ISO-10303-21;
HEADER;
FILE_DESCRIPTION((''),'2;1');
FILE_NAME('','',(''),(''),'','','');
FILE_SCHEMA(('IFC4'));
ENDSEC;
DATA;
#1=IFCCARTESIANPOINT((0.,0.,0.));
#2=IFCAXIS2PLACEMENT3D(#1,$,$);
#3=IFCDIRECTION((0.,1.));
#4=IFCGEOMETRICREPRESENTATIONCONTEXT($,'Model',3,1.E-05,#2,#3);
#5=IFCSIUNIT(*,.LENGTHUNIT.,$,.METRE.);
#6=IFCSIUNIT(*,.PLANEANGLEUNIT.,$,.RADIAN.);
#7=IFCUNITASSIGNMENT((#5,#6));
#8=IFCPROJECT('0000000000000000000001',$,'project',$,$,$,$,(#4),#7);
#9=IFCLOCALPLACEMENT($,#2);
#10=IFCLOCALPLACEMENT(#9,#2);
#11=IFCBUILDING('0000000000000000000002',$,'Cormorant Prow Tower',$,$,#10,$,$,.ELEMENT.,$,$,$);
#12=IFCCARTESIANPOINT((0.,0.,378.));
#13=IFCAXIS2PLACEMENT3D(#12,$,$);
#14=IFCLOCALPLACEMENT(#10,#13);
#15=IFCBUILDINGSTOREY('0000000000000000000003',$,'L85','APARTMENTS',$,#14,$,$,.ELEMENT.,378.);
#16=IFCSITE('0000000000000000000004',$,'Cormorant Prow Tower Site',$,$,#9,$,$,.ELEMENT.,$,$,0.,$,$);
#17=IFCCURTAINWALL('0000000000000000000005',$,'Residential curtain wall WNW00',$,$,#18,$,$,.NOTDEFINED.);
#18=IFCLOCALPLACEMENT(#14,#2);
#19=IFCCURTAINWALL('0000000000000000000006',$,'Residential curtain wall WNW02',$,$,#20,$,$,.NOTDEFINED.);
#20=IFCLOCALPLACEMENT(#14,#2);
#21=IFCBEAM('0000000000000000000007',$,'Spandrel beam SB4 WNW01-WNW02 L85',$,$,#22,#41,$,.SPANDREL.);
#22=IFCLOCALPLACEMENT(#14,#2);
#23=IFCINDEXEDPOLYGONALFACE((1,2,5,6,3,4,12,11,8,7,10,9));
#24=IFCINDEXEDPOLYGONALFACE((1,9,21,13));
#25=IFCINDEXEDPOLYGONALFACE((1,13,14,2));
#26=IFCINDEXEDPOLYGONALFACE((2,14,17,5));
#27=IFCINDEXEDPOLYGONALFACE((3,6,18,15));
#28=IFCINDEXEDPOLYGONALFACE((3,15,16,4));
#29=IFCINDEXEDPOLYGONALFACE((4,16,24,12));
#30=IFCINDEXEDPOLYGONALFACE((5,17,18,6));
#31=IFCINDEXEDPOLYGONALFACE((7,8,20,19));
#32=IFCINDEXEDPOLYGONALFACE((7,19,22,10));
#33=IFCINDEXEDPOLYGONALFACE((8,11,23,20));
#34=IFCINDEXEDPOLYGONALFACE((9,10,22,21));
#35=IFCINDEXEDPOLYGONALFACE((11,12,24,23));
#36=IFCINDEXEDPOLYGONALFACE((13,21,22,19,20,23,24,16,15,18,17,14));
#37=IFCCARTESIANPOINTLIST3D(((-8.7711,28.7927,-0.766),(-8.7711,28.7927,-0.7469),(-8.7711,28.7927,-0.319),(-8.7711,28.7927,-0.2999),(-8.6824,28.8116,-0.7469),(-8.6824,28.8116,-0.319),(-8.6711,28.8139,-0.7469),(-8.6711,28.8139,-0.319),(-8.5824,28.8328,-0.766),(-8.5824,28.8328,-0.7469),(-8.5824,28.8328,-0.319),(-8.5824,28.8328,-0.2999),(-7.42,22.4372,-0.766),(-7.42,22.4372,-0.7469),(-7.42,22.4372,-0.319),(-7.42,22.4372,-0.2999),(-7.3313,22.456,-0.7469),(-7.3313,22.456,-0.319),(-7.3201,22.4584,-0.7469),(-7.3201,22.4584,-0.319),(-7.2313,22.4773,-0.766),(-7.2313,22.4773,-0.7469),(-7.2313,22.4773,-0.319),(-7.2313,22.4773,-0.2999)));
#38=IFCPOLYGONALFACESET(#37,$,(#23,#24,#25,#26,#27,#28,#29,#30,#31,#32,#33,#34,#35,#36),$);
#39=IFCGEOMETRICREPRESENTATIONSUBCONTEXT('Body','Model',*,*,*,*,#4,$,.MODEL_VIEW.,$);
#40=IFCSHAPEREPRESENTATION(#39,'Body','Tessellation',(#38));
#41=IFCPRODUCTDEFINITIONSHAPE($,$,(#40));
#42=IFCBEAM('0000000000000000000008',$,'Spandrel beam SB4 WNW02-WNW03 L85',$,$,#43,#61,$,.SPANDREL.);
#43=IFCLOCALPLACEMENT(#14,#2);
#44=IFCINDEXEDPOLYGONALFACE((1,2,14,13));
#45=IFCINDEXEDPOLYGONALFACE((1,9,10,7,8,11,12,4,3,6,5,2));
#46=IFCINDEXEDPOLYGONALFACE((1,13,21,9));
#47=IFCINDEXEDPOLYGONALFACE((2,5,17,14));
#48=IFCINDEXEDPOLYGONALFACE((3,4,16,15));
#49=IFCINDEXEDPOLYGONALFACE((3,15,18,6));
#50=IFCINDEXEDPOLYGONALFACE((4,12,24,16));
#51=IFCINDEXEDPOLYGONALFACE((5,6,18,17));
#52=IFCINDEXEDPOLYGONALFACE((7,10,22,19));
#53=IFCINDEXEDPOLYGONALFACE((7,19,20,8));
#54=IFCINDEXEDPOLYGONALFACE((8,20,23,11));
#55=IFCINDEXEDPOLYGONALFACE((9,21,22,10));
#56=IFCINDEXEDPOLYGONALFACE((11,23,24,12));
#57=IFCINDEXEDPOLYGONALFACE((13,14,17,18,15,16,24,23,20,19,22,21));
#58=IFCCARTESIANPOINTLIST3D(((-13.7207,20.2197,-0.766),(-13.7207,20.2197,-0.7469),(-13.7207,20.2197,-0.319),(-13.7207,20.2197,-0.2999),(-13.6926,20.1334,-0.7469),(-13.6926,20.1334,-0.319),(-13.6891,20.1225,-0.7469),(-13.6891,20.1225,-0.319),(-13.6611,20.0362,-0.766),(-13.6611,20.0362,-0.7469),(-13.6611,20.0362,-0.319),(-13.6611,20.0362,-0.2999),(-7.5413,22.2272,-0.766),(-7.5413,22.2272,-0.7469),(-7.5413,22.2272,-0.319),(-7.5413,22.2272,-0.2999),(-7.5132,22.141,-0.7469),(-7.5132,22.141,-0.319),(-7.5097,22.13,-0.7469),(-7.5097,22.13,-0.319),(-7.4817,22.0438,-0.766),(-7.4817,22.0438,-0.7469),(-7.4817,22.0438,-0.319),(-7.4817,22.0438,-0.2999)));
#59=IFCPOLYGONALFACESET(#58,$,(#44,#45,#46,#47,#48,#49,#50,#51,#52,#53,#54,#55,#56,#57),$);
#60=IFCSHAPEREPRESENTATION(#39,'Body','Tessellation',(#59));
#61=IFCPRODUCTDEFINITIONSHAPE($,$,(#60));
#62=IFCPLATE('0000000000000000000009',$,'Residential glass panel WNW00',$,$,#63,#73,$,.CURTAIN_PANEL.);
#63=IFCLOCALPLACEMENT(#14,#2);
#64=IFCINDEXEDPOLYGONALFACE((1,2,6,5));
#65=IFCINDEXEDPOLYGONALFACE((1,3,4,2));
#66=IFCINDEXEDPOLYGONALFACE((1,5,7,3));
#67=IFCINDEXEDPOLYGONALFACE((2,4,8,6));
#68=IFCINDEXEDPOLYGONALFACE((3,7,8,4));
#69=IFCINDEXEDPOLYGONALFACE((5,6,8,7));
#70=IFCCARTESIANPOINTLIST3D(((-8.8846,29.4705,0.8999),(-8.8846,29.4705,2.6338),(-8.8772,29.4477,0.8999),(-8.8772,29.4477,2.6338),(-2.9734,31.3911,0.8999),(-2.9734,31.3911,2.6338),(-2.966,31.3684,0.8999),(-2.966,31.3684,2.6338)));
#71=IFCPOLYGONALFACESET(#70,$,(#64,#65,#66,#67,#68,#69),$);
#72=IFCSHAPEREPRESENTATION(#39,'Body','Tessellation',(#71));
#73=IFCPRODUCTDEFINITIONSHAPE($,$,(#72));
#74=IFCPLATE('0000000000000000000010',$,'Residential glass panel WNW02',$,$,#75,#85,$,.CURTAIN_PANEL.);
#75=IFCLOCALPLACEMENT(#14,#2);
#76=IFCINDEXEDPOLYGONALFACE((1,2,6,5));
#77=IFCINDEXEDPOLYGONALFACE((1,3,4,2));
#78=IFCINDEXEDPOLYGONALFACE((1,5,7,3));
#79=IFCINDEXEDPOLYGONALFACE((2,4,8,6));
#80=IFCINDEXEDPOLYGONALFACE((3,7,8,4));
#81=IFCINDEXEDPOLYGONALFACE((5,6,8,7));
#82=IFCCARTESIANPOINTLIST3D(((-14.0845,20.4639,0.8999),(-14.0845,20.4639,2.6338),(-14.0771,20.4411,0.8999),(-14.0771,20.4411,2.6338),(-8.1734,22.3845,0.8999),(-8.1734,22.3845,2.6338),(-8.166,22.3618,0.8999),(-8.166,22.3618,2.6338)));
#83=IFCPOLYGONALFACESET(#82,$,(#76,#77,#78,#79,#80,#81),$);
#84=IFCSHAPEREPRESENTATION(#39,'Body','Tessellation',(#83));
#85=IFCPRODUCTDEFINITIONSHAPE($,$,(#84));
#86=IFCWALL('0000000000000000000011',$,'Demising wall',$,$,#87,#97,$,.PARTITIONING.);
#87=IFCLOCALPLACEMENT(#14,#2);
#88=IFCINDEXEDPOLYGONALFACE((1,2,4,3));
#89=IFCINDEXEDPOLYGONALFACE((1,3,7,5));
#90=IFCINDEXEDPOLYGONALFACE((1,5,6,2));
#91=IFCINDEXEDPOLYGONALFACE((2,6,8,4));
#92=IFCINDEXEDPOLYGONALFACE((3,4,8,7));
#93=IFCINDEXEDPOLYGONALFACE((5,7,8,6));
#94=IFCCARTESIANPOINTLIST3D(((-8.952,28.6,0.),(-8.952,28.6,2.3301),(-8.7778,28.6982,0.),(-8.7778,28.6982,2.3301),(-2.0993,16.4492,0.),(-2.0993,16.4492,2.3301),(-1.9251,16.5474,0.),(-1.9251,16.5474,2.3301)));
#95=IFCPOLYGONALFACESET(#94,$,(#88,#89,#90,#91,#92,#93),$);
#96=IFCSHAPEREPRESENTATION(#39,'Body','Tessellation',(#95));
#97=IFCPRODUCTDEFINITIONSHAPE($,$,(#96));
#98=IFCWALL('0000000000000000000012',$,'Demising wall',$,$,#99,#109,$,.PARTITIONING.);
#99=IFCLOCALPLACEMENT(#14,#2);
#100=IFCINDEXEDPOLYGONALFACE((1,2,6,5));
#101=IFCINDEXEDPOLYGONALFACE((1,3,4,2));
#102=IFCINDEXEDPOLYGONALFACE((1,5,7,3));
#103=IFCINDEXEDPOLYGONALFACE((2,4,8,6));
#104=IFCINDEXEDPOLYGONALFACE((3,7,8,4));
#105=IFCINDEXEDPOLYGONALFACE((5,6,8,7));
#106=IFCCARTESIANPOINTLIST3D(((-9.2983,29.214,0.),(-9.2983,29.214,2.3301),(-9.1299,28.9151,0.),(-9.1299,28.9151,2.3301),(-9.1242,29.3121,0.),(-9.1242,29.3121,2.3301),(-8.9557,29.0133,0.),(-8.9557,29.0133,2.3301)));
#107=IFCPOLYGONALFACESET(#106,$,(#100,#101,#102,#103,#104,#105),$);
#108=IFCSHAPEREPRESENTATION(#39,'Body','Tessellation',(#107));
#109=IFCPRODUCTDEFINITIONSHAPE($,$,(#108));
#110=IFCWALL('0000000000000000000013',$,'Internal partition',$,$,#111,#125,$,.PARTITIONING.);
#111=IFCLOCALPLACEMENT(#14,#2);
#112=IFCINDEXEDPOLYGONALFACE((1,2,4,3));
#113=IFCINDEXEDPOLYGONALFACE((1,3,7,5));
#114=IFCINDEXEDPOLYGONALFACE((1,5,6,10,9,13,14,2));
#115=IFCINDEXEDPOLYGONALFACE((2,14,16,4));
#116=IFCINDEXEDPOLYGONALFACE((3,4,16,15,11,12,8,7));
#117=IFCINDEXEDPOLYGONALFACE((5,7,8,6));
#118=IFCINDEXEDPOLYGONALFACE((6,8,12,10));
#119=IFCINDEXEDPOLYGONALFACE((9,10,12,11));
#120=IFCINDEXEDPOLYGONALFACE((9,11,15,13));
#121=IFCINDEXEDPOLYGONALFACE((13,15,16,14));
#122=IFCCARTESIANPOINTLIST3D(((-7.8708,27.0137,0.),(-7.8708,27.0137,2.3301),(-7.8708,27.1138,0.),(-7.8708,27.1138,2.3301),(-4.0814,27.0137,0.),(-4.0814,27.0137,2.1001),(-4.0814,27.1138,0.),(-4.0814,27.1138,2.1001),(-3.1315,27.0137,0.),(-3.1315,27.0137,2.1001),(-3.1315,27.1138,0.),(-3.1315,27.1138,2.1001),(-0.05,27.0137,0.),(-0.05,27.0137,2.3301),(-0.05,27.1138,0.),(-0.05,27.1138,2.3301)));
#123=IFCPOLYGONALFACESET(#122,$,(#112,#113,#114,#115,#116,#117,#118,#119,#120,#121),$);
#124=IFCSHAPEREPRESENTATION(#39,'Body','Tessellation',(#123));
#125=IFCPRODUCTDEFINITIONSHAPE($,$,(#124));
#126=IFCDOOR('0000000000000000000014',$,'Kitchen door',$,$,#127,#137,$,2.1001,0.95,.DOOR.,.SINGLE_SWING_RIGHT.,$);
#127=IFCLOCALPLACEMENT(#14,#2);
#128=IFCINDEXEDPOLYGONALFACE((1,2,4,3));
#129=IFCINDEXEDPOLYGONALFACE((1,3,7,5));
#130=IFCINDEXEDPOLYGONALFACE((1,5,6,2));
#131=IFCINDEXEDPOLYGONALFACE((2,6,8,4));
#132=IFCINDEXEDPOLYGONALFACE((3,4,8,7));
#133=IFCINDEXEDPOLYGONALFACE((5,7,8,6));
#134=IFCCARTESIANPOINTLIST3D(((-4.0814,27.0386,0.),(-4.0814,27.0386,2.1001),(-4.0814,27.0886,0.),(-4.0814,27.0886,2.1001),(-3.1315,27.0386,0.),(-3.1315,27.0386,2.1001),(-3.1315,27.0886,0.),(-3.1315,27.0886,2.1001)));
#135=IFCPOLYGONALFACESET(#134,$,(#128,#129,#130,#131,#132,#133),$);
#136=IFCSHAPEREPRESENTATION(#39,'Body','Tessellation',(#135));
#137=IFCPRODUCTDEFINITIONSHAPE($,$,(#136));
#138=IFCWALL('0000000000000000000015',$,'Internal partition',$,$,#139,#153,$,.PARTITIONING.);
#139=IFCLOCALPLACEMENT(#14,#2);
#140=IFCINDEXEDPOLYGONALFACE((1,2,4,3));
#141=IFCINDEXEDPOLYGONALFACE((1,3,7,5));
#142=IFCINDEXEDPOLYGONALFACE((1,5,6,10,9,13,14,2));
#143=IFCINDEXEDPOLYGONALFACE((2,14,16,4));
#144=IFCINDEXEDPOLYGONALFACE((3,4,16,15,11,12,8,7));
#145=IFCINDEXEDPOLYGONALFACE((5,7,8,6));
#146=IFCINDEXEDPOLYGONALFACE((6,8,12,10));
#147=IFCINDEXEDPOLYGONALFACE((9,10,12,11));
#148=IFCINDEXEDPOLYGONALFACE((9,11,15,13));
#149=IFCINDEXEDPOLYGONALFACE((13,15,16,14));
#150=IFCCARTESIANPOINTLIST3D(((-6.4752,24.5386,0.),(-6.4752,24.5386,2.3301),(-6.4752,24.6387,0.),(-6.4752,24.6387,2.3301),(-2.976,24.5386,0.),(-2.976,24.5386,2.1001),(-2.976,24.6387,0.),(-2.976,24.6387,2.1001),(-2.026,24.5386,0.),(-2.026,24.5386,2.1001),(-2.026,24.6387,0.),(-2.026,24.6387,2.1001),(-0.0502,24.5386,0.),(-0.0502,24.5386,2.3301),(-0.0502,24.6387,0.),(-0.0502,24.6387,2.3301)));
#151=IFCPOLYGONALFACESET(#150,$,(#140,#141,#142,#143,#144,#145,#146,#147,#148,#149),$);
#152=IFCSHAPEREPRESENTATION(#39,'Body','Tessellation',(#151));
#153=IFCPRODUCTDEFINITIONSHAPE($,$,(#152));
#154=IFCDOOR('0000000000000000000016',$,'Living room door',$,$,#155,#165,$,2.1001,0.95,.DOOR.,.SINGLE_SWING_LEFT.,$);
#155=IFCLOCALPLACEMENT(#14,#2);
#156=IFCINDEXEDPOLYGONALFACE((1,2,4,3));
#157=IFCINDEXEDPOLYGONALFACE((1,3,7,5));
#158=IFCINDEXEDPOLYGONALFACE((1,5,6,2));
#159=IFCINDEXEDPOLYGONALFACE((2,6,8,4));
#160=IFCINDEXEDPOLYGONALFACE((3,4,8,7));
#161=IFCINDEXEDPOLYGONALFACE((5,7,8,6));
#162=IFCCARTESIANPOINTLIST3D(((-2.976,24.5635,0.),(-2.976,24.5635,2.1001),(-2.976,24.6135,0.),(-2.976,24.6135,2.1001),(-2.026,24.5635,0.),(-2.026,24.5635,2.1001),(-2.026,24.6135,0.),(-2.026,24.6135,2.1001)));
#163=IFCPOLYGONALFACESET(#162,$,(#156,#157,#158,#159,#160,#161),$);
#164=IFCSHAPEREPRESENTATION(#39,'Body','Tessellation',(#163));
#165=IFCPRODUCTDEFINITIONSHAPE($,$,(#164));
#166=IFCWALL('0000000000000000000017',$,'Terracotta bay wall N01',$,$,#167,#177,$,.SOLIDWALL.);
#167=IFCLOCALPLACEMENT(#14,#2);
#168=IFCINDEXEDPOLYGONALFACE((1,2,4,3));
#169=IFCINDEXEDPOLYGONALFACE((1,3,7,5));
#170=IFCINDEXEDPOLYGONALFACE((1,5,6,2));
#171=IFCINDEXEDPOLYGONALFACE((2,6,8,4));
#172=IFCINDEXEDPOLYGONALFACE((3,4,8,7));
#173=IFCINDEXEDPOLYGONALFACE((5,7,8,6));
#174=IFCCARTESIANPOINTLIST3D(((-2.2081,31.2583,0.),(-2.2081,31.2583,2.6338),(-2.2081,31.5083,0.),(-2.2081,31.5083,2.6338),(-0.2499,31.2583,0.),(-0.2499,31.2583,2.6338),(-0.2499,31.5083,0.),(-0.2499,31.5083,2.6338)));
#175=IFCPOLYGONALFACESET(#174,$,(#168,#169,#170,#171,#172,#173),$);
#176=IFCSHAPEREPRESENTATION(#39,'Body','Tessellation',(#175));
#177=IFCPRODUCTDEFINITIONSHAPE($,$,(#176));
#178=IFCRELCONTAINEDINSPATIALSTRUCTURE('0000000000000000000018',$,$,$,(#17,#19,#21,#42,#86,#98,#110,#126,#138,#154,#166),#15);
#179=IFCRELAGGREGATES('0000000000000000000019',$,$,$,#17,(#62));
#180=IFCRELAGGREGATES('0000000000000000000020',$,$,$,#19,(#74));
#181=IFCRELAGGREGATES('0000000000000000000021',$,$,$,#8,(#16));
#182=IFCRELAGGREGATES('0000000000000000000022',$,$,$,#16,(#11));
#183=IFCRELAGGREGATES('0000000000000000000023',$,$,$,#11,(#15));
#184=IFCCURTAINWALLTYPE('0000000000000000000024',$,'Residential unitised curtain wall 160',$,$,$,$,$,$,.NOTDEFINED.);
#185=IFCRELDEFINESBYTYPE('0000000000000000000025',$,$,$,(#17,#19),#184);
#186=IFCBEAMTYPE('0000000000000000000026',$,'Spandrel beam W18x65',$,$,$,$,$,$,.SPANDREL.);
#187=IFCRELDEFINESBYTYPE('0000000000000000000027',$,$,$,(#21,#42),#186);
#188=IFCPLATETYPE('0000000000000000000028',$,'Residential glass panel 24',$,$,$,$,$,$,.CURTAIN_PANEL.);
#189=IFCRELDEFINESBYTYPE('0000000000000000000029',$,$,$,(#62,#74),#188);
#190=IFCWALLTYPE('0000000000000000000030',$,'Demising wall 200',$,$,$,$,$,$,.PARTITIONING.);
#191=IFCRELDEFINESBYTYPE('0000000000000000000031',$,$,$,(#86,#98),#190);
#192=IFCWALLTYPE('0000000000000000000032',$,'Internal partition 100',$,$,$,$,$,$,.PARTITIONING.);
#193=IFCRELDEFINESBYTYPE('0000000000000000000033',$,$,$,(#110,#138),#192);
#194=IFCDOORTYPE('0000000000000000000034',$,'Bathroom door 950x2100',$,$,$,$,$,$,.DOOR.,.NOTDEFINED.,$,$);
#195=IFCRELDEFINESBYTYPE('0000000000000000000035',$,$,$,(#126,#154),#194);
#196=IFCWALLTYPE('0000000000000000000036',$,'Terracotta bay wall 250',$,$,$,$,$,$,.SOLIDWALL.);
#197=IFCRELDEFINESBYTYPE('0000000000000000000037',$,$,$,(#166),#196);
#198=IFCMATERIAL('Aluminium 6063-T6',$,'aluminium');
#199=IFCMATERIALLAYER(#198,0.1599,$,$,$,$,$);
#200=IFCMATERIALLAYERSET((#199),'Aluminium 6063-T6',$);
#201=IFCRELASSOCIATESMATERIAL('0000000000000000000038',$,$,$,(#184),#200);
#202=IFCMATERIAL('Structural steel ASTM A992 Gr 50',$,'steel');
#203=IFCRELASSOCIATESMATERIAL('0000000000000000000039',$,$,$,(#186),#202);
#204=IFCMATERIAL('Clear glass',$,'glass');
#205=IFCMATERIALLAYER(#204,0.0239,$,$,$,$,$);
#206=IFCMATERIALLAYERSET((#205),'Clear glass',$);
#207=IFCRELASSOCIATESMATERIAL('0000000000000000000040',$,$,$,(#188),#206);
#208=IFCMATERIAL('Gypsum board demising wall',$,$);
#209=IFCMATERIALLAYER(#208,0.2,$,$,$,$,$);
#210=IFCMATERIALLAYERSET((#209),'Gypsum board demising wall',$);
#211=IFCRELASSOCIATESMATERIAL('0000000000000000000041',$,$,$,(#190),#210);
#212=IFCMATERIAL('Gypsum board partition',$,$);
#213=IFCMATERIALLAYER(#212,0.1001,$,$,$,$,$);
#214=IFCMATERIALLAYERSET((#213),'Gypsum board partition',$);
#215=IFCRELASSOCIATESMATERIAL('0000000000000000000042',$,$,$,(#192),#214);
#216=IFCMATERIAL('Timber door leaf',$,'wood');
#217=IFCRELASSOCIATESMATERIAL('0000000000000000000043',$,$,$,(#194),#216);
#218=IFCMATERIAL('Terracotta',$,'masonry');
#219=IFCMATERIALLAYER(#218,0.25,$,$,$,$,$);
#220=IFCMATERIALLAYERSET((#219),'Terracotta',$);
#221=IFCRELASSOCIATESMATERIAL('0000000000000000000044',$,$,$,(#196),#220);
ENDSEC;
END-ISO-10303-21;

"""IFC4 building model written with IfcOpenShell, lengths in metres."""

from ifc_helpers import new_model, si_unit, direction, frame, frame_2d, origin, origin_2d, place, context, subcontext, project, spatial, rectangle, i_section, extrude, material, layer, layer_set, material_profile, profile_set, type_object, element, fill, aggregate, save


model = new_model("IFC4")

# Units and contexts
model_context = context("Model", 3, precision=1e-05, world=origin(), true_north=direction((0.0, 1.0)))
body_context = subcontext(model_context, "Body", "Model", "MODEL_VIEW")
ifc_project = project(units=[si_unit("LENGTHUNIT", "METRE"), si_unit("PLANEANGLEUNIT", "RADIAN")], contexts=[model_context])

# Site, building, storey
site_placement = place(None, origin())
site = spatial("IfcSite", under=ifc_project, at=site_placement, Name="Cormorant Prow Tower Site", CompositionType="ELEMENT", RefElevation=0.0)
building_placement = place(site_placement, origin())
building = spatial("IfcBuilding", under=site, at=building_placement, Name="Cormorant Prow Tower", CompositionType="ELEMENT")
storey_placement = place(building_placement, frame((0.0, 0.0, 378.0)))
storey = spatial("IfcBuildingStorey", under=building, at=storey_placement, Name="L85", Description="APARTMENTS", CompositionType="ELEMENT", Elevation=378.0)

# Curtain walls
ifc_material_1 = material(Name="Aluminium 6063-T6", Category="aluminium")
ifc_layer_1 = layer(ifc_material_1, 0.1599)
ifc_layer_set_1 = layer_set([ifc_layer_1], Name="Aluminium 6063-T6")
curtain_wall_type = type_object("IfcCurtainWallType", Name="Residential unitised curtain wall 160", PredefinedType="NOTDEFINED", material=ifc_layer_set_1)
curtain_wall_1_placement = place(storey_placement, origin())
curtain_wall_1 = element("IfcCurtainWall", 1, at=curtain_wall_1_placement, inside=storey, type_object=curtain_wall_type, Name="Residential curtain wall WNW00", PredefinedType="NOTDEFINED")
curtain_wall_2_placement = place(storey_placement, origin())
curtain_wall_2 = element("IfcCurtainWall", 2, at=curtain_wall_2_placement, inside=storey, type_object=curtain_wall_type, Name="Residential curtain wall WNW02", PredefinedType="NOTDEFINED")

# Beams
ifc_material_2 = material(Name="Structural steel ASTM A992 Gr 50", Category="steel")
ifc_material_profile_1 = material_profile(ifc_material_2, i_section(OverallWidth=0.1929, OverallDepth=0.4661, WebThickness=0.0115, FlangeThickness=0.019, at=origin_2d()), Name="W18x65")
ifc_profile_set_1 = profile_set([ifc_material_profile_1], Name="Structural steel ASTM A992 Gr 50")
beam_type = type_object("IfcBeamType", Name="Spandrel beam W18x65", PredefinedType="SPANDREL", material=ifc_profile_set_1)
for number, where, z_axis, x_axis, name in (
    (3, (-8.6768, 28.8127, -0.533), (0.207938, -0.978142, 0.0), (0.978142, 0.207938, 0.0), "Spandrel beam SB4 WNW01-WNW02 L85"),
):
    element("IfcBeam", number, at=place(storey_placement, frame(where, z_axis=z_axis, x_axis=x_axis)), inside=storey, type_object=beam_type, Name=name, PredefinedType="SPANDREL", context=body_context, shape_type="SweptSolid", body=[
        extrude(i_section(OverallWidth=0.1929, OverallDepth=0.4661, WebThickness=0.0115, FlangeThickness=0.019, at=origin_2d()), origin(), (0.0, 0.0, 1.0), 6.4976),
    ])
beam_1_placement = place(storey_placement, frame((-7.5115, 22.1355, -0.533), z_axis=(-0.951068, -0.308982, 0.0), x_axis=(0.308982, -0.951068, 0.0)))
element("IfcBeam", 4, at=beam_1_placement, inside=storey, type_object=beam_type, Name="Spandrel beam SB4 WNW02-WNW03 L85", PredefinedType="SPANDREL", context=body_context, shape_type="SweptSolid", body=[
    extrude(i_section(OverallWidth=0.1929, OverallDepth=0.4661, WebThickness=0.0115, FlangeThickness=0.019, at=origin_2d()), origin(), (0.0, 0.0, 1.0), 6.4973),
])

# Plates
ifc_material_3 = material(Name="Clear glass", Category="glass")
ifc_layer_2 = layer(ifc_material_3, 0.0239)
ifc_layer_set_2 = layer_set([ifc_layer_2], Name="Clear glass")
plate_type = type_object("IfcPlateType", Name="Residential glass panel 24", PredefinedType="CURTAIN_PANEL", material=ifc_layer_set_2)
plate_1_placement = place(storey_placement, frame((-5.9253, 30.4194, 0.8999), z_axis=(0.0, 0.0, 1.0), x_axis=(-0.951057, -0.309017, 0.0)))
plate_1 = element("IfcPlate", 5, at=plate_1_placement, type_object=plate_type, Name="Residential glass panel WNW00", PredefinedType="CURTAIN_PANEL", context=body_context, shape_type="SweptSolid", body=[
    extrude(rectangle(XDim=6.2153, YDim=0.0239, at=origin_2d()), origin(), (0.0, 0.0, 1.0), 1.7339),
])
aggregate(curtain_wall_1, [plate_1])
plate_2_placement = place(storey_placement, frame((-11.1252, 21.4128, 0.8999), z_axis=(0.0, 0.0, 1.0), x_axis=(-0.951056, -0.309017, 0.0)))
plate_2 = element("IfcPlate", 6, at=plate_2_placement, type_object=plate_type, Name="Residential glass panel WNW02", PredefinedType="CURTAIN_PANEL", context=body_context, shape_type="SweptSolid", body=[
    extrude(rectangle(XDim=6.2153, YDim=0.0239, at=origin_2d()), origin(), (0.0, 0.0, 1.0), 1.7339),
])
aggregate(curtain_wall_2, [plate_2])

# Walls
ifc_material_4 = material(Name="Gypsum board demising wall")
ifc_layer_3 = layer(ifc_material_4, 0.2)
ifc_layer_set_3 = layer_set([ifc_layer_3], Name="Gypsum board demising wall")
wall_type_1 = type_object("IfcWallType", Name="Demising wall 200", PredefinedType="PARTITIONING", material=ifc_layer_set_3)
wall_1_placement = place(storey_placement, frame((-8.865, 28.6492, 0.0), z_axis=(0.0, 0.0, 1.0), x_axis=(0.491236, -0.871026, 0.0)))
element("IfcWall", 7, at=wall_1_placement, inside=storey, type_object=wall_type_1, Name="Demising wall", PredefinedType="PARTITIONING", context=body_context, shape_type="SweptSolid", body=[
    extrude(rectangle(XDim=13.95, YDim=0.2, at=frame_2d((6.9751, 0.0))), origin(), (0.0, 0.0, 1.0), 2.3301),
])
wall_2_placement = place(storey_placement, frame((-9.2112, 29.2629, 0.0), z_axis=(0.0, 0.0, 1.0), x_axis=(0.491072, -0.871119, 0.0)))
element("IfcWall", 8, at=wall_2_placement, inside=storey, type_object=wall_type_1, Name="Demising wall", PredefinedType="PARTITIONING", context=body_context, shape_type="SweptSolid", body=[
    extrude(rectangle(XDim=0.343, YDim=0.2, at=frame_2d((0.1714, 0.0))), origin(), (0.0, 0.0, 1.0), 2.3301),
])

# Walls, openings, doors
ifc_material_5 = material(Name="Gypsum board partition")
ifc_layer_4 = layer(ifc_material_5, 0.1001)
ifc_layer_set_4 = layer_set([ifc_layer_4], Name="Gypsum board partition")
wall_type_2 = type_object("IfcWallType", Name="Internal partition 100", PredefinedType="PARTITIONING", material=ifc_layer_set_4)
wall_3_placement = place(storey_placement, frame((-7.8708, 27.0637, 0.0), z_axis=(0.0, 0.0, 1.0), x_axis=(1.0, 0.0, 0.0)))
wall_3 = element("IfcWall", 9, at=wall_3_placement, inside=storey, type_object=wall_type_2, Name="Internal partition", PredefinedType="PARTITIONING", context=body_context, shape_type="SweptSolid", body=[
    extrude(rectangle(XDim=7.8208, YDim=0.1001, at=frame_2d((3.9104, 0.0))), origin(), (0.0, 0.0, 1.0), 2.3301),
])
opening_1_placement = place(wall_3_placement, frame((3.7893, 0.0, 0.0)))
opening_1 = element("IfcOpeningElement", 10, at=opening_1_placement, cuts=wall_3, PredefinedType="OPENING", context=body_context, shape_type="SweptSolid", body=[
    extrude(rectangle(XDim=0.95, YDim=2.1001, at=frame_2d((0.4751, 1.05))), frame((0.0, 0.0601, 0.0), z_axis=(0.0, -1.0, 0.0), x_axis=(1.0, 0.0, 0.0)), (0.0, 0.0, 1.0), 0.1201),
])
ifc_material_6 = material(Name="Timber door leaf", Category="wood")
door_type_1 = type_object("IfcDoorType", Name="Bathroom door 950x2100", OperationType="NOTDEFINED", PredefinedType="DOOR", material=ifc_material_6)
door_1_placement = place(opening_1_placement, origin())
door_1 = element("IfcDoor", 11, at=door_1_placement, inside=storey, type_object=door_type_1, Name="Kitchen door", OperationType="SINGLE_SWING_RIGHT", OverallHeight=2.1001, OverallWidth=0.95, PredefinedType="DOOR", context=body_context, shape_type="SweptSolid", body=[
    extrude(rectangle(XDim=0.95, YDim=2.1001, at=frame_2d((0.4751, 1.05))), frame((0.0, 0.0249, 0.0), z_axis=(0.0, -1.0, 0.0), x_axis=(1.0, 0.0, 0.0)), (0.0, 0.0, 1.0), 0.05),
])
fill(opening_1, door_1)
wall_4_placement = place(storey_placement, frame((-6.4751, 24.5886, 0.0), z_axis=(0.0, 0.0, 1.0), x_axis=(1.0, 0.0, 0.0)))
wall_4 = element("IfcWall", 12, at=wall_4_placement, inside=storey, type_object=wall_type_2, Name="Internal partition", PredefinedType="PARTITIONING", context=body_context, shape_type="SweptSolid", body=[
    extrude(rectangle(XDim=6.425, YDim=0.1001, at=frame_2d((3.2124, 0.0))), origin(), (0.0, 0.0, 1.0), 2.3301),
])
opening_2_placement = place(wall_4_placement, frame((3.499, 0.0, 0.0)))
opening_2 = element("IfcOpeningElement", 13, at=opening_2_placement, cuts=wall_4, PredefinedType="OPENING", context=body_context, shape_type="SweptSolid", body=[
    extrude(rectangle(XDim=0.95, YDim=2.1001, at=frame_2d((0.4751, 1.05))), frame((0.0, 0.0601, 0.0), z_axis=(0.0, -1.0, 0.0), x_axis=(1.0, 0.0, 0.0)), (0.0, 0.0, 1.0), 0.1201),
])
door_2_placement = place(opening_2_placement, origin())
door_2 = element("IfcDoor", 14, at=door_2_placement, inside=storey, type_object=door_type_1, Name="Living room door", OperationType="SINGLE_SWING_LEFT", OverallHeight=2.1001, OverallWidth=0.95, PredefinedType="DOOR", context=body_context, shape_type="SweptSolid", body=[
    extrude(rectangle(XDim=0.95, YDim=2.1001, at=frame_2d((0.4751, 1.05))), frame((0.0, 0.0249, 0.0), z_axis=(0.0, -1.0, 0.0), x_axis=(1.0, 0.0, 0.0)), (0.0, 0.0, 1.0), 0.05),
])
fill(opening_2, door_2)

# Wall
ifc_material_7 = material(Name="Terracotta", Category="masonry")
ifc_layer_5 = layer(ifc_material_7, 0.25)
ifc_layer_set_5 = layer_set([ifc_layer_5], Name="Terracotta")
wall_type_3 = type_object("IfcWallType", Name="Terracotta bay wall 250", PredefinedType="SOLIDWALL", material=ifc_layer_set_5)
wall_5_placement = place(storey_placement, frame((-0.25, 31.3833, 0.0), z_axis=(0.0, 0.0, 1.0), x_axis=(-1.0, 0.0, 0.0)))
element("IfcWall", 15, at=wall_5_placement, inside=storey, type_object=wall_type_3, Name="Terracotta bay wall N01", PredefinedType="SOLIDWALL", context=body_context, shape_type="SweptSolid", body=[
    extrude(rectangle(XDim=1.9583, YDim=0.25, at=frame_2d((0.979, 0.0))), origin(), (0.0, 0.0, 1.0), 2.6338),
])

save(model, "model.ifc")
